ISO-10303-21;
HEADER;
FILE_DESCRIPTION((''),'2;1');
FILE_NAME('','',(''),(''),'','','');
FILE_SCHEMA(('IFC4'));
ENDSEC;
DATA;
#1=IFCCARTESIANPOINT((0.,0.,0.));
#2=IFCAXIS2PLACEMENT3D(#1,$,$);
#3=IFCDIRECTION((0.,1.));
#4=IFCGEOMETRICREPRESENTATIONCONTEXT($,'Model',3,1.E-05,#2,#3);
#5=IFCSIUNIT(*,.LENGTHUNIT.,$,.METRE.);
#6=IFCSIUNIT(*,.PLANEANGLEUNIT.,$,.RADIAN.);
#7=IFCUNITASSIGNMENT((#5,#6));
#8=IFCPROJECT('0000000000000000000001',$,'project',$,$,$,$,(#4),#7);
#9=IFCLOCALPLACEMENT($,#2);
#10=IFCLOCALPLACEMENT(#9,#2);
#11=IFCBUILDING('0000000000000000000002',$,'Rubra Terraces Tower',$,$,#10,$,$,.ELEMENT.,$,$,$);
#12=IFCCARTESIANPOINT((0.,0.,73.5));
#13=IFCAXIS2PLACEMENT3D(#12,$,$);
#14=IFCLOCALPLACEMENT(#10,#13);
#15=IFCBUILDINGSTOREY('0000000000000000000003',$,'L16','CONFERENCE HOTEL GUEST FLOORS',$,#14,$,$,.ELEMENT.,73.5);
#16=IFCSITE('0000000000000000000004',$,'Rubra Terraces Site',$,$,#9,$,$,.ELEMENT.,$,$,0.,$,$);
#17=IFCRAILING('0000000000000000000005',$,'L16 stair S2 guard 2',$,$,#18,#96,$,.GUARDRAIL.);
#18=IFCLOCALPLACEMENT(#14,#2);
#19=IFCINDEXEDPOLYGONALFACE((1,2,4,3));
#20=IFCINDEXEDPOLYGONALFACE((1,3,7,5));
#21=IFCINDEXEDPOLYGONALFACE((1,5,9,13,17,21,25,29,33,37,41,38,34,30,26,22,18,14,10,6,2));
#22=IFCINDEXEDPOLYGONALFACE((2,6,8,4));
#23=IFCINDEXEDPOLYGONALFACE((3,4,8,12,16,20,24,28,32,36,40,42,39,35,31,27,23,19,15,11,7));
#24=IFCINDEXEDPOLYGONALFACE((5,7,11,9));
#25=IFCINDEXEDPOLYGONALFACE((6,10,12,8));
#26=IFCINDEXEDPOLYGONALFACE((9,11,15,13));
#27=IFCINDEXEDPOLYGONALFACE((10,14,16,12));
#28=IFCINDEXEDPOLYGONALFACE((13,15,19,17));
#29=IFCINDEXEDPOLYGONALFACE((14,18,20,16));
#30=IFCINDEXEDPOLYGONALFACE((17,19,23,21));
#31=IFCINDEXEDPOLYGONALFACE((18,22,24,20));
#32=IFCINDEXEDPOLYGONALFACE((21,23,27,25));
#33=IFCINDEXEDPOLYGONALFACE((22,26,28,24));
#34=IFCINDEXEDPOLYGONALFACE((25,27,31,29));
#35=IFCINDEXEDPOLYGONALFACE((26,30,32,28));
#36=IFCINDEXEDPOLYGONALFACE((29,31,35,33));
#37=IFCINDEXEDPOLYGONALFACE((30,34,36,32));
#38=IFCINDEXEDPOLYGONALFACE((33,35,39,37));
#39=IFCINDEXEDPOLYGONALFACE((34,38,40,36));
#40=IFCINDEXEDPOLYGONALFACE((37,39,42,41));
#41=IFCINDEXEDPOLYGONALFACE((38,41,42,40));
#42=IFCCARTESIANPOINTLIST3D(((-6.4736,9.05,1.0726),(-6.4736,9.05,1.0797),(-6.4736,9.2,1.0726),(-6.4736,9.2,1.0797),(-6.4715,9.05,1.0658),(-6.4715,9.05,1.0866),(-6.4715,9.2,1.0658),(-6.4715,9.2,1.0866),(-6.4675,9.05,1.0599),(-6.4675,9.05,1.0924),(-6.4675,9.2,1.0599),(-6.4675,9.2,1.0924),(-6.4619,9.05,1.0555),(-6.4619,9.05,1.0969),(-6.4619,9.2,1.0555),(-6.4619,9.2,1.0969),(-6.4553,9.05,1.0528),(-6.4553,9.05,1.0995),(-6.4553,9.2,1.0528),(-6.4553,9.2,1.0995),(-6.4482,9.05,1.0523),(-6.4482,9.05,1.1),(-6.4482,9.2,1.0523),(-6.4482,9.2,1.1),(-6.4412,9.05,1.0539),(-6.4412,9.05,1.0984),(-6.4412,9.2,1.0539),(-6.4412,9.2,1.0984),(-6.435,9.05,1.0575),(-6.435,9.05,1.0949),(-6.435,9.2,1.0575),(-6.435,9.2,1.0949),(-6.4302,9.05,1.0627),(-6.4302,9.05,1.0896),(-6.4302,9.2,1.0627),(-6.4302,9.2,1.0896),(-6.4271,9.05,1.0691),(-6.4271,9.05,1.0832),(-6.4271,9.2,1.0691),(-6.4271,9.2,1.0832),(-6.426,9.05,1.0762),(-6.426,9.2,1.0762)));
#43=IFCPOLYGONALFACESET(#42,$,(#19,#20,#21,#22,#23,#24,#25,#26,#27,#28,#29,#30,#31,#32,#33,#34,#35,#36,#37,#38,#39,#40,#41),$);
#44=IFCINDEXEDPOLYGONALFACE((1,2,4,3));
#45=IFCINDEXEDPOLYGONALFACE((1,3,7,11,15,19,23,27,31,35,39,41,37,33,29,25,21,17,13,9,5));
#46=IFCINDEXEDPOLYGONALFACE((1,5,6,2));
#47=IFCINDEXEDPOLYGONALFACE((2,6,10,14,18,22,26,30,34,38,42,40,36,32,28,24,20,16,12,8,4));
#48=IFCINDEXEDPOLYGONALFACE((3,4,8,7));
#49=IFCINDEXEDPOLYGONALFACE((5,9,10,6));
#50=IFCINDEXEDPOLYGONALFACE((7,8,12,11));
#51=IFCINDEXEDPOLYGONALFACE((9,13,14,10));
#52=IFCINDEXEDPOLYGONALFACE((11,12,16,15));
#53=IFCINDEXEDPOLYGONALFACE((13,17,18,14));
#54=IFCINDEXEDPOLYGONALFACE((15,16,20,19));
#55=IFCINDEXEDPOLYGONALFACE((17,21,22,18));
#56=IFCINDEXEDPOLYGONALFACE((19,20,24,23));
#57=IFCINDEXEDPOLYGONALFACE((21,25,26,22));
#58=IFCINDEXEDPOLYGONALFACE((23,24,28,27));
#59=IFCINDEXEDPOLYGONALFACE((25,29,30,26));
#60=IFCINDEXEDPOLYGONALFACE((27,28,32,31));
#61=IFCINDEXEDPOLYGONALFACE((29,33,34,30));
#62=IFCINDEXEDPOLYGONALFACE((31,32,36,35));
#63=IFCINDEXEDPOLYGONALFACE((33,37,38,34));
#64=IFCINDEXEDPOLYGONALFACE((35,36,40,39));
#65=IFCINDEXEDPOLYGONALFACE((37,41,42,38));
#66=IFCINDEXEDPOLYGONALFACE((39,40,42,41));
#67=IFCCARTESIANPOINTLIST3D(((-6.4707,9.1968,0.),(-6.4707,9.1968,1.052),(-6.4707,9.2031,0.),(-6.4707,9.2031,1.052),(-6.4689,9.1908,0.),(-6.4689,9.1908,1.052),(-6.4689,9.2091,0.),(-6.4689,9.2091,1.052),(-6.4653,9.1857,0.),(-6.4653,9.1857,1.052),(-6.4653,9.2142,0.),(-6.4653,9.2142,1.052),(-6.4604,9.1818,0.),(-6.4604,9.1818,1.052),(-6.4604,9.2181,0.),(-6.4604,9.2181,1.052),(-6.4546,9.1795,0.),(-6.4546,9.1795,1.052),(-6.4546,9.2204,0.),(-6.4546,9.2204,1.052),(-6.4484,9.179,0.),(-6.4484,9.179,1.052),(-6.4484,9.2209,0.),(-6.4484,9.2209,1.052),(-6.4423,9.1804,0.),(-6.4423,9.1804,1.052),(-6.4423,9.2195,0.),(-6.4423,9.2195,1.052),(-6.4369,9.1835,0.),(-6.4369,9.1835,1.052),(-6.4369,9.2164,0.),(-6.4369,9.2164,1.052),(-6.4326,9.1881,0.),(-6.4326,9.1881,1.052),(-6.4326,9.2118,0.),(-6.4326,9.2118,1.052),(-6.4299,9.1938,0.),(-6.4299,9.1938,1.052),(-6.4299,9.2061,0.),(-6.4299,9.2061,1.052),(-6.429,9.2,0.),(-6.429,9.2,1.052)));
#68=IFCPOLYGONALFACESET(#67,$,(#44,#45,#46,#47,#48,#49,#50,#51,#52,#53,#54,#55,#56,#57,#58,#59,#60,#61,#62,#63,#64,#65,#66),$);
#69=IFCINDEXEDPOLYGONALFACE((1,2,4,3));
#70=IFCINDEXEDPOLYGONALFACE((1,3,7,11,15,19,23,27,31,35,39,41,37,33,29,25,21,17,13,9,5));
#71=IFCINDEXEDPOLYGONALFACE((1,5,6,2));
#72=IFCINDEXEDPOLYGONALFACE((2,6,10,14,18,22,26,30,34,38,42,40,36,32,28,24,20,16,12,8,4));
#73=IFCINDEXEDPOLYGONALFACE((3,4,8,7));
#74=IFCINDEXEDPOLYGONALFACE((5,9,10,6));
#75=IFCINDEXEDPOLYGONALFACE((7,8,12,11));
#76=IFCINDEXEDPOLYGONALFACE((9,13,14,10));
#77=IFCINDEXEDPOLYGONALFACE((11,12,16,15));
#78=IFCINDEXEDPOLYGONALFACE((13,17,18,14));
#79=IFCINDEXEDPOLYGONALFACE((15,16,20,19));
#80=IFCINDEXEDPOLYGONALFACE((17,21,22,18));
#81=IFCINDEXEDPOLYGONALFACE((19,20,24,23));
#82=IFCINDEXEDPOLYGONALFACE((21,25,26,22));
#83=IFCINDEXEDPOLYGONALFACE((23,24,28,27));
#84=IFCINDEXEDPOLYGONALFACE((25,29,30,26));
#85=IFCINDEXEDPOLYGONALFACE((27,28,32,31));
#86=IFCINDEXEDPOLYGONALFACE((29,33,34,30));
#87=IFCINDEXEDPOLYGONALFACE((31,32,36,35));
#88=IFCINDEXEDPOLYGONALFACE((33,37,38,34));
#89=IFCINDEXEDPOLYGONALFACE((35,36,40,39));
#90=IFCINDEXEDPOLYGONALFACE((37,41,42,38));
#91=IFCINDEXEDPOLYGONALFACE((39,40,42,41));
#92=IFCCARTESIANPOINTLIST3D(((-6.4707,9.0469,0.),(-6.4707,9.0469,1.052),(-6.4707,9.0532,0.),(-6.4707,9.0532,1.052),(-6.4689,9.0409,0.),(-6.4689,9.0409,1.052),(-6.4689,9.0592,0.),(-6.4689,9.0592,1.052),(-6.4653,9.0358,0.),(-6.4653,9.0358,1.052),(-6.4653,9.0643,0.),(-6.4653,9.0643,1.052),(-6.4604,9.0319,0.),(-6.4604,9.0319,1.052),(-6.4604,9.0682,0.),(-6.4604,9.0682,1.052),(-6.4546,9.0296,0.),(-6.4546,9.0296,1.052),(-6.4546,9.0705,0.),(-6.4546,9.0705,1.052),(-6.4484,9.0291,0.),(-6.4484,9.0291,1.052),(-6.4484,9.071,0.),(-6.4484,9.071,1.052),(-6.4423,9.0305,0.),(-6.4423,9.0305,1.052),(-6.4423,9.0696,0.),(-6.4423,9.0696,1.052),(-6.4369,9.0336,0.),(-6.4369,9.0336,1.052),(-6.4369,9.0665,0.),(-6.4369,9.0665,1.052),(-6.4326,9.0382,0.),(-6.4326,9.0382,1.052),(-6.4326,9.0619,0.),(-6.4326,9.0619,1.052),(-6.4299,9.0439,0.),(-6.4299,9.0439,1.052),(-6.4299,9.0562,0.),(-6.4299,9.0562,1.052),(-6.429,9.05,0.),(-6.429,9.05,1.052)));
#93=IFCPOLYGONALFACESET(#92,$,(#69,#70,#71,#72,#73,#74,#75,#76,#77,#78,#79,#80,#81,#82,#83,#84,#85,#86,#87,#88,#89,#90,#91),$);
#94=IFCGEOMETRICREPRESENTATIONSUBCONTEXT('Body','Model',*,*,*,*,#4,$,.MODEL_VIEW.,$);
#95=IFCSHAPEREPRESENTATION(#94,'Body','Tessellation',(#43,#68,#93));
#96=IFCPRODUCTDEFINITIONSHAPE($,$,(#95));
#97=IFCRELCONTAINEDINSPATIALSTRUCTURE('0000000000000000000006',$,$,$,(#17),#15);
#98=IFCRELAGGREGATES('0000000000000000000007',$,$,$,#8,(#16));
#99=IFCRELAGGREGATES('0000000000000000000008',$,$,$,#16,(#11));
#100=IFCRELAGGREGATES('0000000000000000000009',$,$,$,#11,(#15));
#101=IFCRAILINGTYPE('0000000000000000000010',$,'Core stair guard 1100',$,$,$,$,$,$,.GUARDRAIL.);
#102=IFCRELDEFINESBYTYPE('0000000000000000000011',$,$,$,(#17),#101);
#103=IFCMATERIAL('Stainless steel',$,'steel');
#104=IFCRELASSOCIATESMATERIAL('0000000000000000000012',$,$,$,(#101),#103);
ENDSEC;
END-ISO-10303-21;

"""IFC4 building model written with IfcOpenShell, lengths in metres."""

from ifc_helpers import new_model, si_unit, direction, frame, origin, origin_2d, place, context, subcontext, project, spatial, circle, extrude, material, type_object, element, save


model = new_model("IFC4")

# Units and contexts
model_context = context("Model", 3, precision=1e-05, world=origin(), true_north=direction((0.0, 1.0)))
body_context = subcontext(model_context, "Body", "Model", "MODEL_VIEW")
ifc_project = project(units=[si_unit("LENGTHUNIT", "METRE"), si_unit("PLANEANGLEUNIT", "RADIAN")], contexts=[model_context])

# Site, building, storey
site_placement = place(None, origin())
site = spatial("IfcSite", under=ifc_project, at=site_placement, Name="Rubra Terraces Site", CompositionType="ELEMENT", RefElevation=0.0)
building_placement = place(site_placement, origin())
building = spatial("IfcBuilding", under=site, at=building_placement, Name="Rubra Terraces Tower", CompositionType="ELEMENT")
storey_placement = place(building_placement, frame((0.0, 0.0, 73.5)))
storey = spatial("IfcBuildingStorey", under=building, at=storey_placement, Name="L16", Description="CONFERENCE HOTEL GUEST FLOORS", CompositionType="ELEMENT", Elevation=73.5)

# Railing
ifc_material_1 = material(Name="Stainless steel", Category="steel")
railing_type_1 = type_object("IfcRailingType", Name="Core stair guard 1100", PredefinedType="GUARDRAIL", material=ifc_material_1)
railing_1_placement = place(storey_placement, frame((-6.45, 9.2, 0.0)))
element("IfcRailing", 1, at=railing_1_placement, inside=storey, type_object=railing_type_1, Name="L16 stair S2 guard 2", PredefinedType="GUARDRAIL", context=body_context, shape_type="SweptSolid", body=[
    extrude(circle(Radius=0.0239, at=origin_2d()), frame((0.0, 0.0, 1.0762), z_axis=(0.0, -1.0, 0.0), x_axis=(1.0, 0.0, 0.0)), (0.0, 0.0, 1.0), 0.1499),
    extrude(circle(Radius=0.021, at=origin_2d()), origin(), (0.0, 0.0, 1.0), 1.052),
    extrude(circle(Radius=0.021, at=origin_2d()), frame((0.0, -0.1499, 0.0)), (0.0, 0.0, 1.0), 1.052),
])

save(model, "model.ifc")
